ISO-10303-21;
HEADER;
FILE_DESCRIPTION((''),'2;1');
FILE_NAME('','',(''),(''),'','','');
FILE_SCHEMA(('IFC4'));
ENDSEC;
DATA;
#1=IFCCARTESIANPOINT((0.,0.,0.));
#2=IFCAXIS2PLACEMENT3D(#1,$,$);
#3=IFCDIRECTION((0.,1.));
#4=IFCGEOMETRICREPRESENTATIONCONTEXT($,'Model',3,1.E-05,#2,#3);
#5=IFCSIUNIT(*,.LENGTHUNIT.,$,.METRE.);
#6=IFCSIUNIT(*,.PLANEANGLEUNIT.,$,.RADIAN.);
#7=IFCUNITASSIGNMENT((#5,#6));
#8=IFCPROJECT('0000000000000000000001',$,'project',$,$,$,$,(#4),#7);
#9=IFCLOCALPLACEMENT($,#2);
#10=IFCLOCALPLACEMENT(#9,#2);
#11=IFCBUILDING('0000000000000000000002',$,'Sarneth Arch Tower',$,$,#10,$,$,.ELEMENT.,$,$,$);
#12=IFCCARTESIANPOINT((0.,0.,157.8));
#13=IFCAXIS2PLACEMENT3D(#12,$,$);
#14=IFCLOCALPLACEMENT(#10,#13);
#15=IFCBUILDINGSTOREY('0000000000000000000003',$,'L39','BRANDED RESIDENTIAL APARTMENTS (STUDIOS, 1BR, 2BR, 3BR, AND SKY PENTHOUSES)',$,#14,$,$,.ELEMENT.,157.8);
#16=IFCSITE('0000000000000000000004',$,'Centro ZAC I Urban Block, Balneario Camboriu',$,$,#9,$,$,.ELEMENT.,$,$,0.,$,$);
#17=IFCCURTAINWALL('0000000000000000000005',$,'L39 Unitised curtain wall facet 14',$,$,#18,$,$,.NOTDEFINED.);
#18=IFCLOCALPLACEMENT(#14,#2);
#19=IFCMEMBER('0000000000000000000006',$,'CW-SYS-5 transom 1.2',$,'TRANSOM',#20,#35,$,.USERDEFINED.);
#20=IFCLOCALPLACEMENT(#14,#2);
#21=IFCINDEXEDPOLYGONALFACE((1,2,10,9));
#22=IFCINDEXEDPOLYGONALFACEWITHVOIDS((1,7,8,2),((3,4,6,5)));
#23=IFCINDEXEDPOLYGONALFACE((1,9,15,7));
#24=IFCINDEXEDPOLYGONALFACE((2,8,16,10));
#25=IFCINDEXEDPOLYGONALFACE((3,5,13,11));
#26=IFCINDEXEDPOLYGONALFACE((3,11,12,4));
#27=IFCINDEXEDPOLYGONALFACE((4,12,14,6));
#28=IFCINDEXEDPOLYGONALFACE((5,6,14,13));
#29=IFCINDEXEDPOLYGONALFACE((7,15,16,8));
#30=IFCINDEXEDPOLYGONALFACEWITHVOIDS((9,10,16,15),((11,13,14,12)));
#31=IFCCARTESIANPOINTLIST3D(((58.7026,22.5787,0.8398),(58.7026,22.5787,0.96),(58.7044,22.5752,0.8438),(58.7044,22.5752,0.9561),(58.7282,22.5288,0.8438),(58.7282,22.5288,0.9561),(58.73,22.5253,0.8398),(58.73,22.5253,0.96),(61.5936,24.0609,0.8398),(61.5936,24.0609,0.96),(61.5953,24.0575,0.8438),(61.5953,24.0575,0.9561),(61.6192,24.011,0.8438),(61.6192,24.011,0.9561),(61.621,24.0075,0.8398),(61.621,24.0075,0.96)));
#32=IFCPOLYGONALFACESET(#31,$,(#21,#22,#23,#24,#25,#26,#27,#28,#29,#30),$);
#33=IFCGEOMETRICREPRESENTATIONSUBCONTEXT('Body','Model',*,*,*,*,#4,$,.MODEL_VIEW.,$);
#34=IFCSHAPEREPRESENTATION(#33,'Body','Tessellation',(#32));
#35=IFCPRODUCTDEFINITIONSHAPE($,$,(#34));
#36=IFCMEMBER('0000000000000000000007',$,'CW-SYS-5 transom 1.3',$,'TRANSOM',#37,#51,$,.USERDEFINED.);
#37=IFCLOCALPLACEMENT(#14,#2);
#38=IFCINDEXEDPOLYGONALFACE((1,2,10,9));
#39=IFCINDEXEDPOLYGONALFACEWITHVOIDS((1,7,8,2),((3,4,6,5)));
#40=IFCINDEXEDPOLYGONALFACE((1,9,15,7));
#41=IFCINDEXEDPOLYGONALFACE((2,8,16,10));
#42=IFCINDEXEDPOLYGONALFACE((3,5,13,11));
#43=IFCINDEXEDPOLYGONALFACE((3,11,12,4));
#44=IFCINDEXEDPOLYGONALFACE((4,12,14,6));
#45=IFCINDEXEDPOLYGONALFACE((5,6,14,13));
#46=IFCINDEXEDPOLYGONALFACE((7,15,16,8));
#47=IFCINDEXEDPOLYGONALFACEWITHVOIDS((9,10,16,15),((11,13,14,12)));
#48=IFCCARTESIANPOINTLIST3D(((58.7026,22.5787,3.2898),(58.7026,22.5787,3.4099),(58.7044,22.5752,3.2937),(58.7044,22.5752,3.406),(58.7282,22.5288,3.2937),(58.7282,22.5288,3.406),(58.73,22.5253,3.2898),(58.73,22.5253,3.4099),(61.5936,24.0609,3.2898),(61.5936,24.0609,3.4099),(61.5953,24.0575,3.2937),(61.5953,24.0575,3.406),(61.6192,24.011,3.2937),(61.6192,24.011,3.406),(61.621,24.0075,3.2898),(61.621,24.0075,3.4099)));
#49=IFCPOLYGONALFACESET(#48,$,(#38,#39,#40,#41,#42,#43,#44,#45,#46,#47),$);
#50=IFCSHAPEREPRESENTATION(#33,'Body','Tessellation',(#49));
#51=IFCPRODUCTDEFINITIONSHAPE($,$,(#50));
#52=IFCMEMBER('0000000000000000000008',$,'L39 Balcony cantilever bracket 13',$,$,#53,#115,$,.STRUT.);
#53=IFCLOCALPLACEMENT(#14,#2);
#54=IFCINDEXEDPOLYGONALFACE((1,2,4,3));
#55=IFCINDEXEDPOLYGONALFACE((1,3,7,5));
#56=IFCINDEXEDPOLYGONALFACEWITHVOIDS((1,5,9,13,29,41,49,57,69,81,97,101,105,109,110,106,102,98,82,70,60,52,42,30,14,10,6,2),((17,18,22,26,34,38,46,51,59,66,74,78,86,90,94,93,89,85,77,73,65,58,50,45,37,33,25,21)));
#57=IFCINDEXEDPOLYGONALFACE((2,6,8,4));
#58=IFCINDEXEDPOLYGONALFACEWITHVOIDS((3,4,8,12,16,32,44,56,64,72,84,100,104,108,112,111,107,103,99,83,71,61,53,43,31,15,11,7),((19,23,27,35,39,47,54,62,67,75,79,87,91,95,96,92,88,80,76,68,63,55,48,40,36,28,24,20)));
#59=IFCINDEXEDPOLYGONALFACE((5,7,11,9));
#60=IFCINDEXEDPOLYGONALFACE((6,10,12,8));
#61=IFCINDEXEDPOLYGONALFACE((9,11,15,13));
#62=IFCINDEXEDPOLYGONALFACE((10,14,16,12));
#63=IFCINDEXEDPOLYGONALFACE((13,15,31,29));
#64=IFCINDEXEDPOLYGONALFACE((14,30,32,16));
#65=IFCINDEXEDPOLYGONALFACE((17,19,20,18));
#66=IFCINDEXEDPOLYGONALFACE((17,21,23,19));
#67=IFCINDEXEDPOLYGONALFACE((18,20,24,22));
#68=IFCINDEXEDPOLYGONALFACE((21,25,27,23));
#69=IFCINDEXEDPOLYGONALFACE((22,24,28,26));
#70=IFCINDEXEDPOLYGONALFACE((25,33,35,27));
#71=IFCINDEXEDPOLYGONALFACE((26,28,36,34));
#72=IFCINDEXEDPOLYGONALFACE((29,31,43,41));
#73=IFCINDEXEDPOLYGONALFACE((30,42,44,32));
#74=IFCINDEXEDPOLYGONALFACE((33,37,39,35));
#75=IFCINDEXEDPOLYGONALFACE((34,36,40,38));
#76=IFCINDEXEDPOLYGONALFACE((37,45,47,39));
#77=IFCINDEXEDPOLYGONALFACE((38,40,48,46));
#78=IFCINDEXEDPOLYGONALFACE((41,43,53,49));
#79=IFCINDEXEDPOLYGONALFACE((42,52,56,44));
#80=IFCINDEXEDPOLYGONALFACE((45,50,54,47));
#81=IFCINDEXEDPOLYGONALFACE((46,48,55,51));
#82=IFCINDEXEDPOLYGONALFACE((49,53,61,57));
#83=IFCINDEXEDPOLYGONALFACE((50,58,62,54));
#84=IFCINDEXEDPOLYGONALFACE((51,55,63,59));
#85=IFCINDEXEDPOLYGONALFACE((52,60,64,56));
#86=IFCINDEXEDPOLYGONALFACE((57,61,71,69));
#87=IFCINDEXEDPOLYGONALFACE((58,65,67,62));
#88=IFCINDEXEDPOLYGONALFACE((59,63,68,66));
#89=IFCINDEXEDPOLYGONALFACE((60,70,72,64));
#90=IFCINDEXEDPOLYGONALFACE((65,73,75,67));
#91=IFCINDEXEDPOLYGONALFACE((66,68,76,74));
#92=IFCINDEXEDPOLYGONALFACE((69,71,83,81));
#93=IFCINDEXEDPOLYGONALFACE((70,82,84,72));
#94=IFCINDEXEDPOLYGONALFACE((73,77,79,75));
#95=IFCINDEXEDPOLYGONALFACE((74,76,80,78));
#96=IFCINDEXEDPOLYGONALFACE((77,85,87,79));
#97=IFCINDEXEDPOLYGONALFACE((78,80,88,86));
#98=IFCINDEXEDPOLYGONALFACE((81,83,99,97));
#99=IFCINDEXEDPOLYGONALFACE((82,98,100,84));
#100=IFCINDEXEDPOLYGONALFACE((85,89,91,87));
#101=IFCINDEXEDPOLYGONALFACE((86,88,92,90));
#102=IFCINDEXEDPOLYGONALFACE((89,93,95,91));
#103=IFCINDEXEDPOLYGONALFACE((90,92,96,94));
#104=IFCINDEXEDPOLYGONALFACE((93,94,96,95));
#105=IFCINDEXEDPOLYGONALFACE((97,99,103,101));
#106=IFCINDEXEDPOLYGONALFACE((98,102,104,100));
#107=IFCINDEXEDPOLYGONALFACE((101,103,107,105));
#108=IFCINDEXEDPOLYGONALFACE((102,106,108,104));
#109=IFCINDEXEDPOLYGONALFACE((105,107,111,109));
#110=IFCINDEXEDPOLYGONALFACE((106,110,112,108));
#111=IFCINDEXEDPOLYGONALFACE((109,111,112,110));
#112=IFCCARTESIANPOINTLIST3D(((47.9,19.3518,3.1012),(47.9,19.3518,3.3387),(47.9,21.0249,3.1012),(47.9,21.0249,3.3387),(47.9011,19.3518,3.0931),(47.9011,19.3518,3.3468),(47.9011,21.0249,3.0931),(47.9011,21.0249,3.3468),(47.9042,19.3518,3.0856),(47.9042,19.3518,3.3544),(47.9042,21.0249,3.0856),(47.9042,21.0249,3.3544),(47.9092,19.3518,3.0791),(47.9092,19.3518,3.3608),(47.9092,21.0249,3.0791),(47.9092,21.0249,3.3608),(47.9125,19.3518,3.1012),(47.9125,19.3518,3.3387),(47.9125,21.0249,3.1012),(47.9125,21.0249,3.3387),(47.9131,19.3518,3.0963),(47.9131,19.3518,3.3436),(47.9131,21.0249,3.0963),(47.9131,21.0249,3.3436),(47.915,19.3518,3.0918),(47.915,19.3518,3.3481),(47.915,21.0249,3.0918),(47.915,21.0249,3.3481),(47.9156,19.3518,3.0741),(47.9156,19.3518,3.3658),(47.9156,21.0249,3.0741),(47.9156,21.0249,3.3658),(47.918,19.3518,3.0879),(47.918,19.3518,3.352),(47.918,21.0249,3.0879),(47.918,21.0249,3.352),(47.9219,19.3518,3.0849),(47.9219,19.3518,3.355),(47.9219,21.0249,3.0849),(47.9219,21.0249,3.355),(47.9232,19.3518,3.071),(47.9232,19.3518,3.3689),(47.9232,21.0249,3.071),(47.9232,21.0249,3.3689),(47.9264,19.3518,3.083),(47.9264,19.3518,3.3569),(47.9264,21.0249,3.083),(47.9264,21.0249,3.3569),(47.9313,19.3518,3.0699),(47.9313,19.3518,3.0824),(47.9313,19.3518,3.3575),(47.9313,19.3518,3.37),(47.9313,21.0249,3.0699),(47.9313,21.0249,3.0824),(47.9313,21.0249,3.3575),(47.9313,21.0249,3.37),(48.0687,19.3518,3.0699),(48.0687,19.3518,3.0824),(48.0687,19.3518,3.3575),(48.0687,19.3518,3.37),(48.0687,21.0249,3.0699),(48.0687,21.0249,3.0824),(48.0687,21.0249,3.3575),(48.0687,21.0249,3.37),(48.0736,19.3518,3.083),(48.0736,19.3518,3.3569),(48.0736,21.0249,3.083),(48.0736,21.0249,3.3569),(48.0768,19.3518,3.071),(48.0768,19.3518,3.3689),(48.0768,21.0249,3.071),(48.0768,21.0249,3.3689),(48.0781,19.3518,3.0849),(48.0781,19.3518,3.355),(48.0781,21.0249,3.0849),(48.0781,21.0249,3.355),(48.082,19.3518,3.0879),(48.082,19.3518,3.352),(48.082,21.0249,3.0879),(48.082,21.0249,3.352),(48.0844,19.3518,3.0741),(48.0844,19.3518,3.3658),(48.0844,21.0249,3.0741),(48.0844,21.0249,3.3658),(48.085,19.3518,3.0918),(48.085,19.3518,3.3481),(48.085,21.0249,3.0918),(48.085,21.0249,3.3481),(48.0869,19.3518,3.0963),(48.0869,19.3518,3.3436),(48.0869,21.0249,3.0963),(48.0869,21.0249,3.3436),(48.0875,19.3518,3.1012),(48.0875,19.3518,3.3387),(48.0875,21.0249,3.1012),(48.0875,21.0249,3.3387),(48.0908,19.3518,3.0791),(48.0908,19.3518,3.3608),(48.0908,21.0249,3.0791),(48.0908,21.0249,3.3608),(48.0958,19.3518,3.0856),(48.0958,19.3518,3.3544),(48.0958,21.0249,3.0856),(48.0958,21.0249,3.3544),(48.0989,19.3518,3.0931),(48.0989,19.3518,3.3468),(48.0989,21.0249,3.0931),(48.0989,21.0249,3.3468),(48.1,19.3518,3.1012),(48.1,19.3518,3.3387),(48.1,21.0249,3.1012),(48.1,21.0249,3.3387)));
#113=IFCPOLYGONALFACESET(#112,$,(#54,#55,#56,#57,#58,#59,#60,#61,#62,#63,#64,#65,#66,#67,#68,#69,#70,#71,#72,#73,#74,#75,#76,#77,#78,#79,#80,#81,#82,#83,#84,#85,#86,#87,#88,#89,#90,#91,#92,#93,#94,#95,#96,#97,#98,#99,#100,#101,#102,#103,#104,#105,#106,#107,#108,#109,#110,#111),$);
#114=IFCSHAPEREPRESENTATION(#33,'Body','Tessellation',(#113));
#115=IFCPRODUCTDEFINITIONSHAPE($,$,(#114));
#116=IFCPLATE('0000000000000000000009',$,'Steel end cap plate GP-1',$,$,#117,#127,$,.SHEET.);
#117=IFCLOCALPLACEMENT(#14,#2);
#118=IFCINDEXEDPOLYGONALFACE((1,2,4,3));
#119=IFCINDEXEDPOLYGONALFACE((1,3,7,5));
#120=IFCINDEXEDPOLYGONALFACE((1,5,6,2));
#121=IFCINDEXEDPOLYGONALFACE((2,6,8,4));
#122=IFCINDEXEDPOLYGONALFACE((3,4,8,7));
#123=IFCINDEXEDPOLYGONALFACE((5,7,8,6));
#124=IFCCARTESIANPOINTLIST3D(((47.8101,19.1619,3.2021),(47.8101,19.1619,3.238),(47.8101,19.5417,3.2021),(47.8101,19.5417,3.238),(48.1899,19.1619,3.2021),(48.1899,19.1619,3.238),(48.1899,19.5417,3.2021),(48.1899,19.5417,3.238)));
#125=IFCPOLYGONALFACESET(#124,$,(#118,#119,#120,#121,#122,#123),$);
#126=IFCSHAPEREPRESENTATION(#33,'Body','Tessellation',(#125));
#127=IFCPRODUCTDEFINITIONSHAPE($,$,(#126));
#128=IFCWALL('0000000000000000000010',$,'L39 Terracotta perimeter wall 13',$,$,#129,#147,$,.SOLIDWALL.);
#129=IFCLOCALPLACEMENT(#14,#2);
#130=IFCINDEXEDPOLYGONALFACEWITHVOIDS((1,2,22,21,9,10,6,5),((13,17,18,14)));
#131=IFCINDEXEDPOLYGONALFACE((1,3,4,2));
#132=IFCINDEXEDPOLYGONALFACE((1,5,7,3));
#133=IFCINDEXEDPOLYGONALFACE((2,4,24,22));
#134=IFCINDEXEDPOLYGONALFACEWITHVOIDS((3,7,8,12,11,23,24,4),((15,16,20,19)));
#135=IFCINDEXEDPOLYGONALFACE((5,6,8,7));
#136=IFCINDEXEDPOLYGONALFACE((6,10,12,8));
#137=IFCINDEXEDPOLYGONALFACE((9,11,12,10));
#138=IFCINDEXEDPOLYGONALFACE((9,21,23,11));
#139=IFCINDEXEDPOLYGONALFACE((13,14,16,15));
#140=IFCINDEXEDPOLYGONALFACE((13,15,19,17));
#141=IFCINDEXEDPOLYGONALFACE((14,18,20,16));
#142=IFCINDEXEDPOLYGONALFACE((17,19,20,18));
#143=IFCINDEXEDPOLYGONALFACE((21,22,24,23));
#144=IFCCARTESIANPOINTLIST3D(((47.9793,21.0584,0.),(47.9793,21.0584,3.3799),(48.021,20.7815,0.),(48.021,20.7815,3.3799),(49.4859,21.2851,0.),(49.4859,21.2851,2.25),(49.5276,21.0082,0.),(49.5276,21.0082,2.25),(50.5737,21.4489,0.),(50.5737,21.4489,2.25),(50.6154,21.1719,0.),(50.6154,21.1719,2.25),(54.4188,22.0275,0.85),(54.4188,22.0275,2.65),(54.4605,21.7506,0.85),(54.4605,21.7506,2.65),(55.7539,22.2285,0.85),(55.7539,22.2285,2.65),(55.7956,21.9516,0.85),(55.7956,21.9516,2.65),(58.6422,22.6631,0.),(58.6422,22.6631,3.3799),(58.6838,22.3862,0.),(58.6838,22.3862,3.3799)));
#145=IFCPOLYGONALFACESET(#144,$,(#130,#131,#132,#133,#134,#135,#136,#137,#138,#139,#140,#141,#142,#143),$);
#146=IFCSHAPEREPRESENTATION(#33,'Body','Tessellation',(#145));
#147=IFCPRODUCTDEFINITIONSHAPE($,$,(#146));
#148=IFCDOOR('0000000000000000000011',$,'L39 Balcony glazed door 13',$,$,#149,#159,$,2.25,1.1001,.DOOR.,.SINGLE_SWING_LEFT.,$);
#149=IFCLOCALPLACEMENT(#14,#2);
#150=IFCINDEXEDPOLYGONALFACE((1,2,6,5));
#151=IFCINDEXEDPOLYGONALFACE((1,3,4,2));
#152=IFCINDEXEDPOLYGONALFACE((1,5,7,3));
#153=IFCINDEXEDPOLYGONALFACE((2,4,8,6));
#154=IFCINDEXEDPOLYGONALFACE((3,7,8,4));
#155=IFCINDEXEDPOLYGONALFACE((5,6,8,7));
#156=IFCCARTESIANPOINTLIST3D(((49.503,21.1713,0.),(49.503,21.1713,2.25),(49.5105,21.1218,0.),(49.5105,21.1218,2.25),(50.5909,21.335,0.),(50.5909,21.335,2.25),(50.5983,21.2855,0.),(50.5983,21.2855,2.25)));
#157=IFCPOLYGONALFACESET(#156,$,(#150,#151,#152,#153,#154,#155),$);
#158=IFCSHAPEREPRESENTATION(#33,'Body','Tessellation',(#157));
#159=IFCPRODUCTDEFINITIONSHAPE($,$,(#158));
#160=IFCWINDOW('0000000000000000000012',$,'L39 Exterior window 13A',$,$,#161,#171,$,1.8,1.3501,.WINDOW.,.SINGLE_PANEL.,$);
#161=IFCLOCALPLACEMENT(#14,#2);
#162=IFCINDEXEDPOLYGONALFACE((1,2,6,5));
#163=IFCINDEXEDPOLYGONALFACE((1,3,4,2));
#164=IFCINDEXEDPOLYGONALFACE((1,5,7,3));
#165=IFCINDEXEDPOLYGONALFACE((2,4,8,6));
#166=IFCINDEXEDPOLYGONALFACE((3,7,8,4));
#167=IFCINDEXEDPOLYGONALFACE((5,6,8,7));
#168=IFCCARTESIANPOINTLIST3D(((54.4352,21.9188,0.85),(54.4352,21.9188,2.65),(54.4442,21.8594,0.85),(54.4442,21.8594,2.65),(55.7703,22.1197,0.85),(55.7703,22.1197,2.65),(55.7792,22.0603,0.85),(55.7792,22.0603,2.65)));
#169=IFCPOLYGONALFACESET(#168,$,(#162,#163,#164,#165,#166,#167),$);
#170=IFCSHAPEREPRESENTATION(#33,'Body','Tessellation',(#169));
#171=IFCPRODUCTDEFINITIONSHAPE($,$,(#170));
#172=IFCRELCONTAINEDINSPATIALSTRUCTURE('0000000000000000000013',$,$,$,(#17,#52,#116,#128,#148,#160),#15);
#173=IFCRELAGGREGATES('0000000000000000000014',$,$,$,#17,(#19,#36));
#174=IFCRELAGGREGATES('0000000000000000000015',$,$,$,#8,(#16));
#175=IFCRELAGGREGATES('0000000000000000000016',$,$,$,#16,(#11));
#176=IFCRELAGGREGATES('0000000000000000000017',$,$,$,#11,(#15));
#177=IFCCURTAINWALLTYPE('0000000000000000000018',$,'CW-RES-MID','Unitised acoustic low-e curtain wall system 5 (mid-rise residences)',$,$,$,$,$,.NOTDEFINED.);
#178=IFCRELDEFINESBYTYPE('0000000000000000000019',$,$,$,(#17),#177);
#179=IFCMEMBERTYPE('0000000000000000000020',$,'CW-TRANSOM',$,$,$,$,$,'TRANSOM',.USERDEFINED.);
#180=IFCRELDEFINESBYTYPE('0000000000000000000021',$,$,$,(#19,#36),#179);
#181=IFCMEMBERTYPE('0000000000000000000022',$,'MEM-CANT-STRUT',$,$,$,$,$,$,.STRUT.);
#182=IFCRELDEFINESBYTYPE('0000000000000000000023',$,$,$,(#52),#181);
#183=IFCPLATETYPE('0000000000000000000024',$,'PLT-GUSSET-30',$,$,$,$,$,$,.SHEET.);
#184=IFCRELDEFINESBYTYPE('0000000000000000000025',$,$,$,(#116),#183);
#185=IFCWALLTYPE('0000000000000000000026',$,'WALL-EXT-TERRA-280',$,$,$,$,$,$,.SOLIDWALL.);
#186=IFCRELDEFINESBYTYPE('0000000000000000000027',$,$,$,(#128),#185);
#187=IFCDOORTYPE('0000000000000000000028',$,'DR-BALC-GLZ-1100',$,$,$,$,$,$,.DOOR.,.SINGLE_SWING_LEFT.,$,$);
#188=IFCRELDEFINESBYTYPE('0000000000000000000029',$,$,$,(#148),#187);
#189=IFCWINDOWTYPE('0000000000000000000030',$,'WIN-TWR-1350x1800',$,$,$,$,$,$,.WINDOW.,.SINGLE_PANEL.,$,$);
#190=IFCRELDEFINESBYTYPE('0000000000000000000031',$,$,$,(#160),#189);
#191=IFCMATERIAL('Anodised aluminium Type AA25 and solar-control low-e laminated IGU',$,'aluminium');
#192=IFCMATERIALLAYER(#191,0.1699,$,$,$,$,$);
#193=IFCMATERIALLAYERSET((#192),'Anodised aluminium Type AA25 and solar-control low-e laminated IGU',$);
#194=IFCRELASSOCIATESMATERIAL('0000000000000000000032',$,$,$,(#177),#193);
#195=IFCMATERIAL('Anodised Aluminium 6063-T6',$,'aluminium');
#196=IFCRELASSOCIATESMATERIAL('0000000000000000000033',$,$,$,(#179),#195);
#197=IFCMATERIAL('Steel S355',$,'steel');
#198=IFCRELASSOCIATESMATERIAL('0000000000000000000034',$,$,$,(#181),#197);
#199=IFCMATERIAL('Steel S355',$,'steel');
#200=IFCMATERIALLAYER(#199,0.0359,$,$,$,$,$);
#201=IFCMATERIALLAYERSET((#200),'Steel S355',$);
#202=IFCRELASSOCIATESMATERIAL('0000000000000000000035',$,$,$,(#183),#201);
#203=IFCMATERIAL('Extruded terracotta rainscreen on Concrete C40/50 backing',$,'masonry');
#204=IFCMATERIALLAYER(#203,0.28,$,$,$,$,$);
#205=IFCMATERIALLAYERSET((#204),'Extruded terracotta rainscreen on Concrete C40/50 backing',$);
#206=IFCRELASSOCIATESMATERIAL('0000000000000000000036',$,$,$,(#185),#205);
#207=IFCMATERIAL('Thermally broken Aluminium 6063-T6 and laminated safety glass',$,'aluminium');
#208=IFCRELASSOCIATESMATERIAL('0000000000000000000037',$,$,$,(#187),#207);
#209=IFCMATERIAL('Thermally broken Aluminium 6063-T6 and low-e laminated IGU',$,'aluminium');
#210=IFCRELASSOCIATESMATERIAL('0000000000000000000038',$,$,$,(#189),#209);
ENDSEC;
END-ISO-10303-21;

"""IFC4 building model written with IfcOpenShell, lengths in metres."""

from ifc_helpers import new_model, si_unit, direction, frame, frame_2d, origin, origin_2d, place, context, subcontext, project, spatial, rectangle, hollow_rectangle, extrude, material, layer, layer_set, material_profile, profile_set, type_object, element, fill, aggregate, save


model = new_model("IFC4")

# Units and contexts
model_context = context("Model", 3, precision=1e-05, world=origin(), true_north=direction((0.0, 1.0)))
body_context = subcontext(model_context, "Body", "Model", "MODEL_VIEW")
ifc_project = project(units=[si_unit("LENGTHUNIT", "METRE"), si_unit("PLANEANGLEUNIT", "RADIAN")], contexts=[model_context])

# Site, building, storey
site_placement = place(None, origin())
site = spatial("IfcSite", under=ifc_project, at=site_placement, Name="Centro ZAC I Urban Block, Balneario Camboriu", CompositionType="ELEMENT", RefElevation=0.0)
building_placement = place(site_placement, origin())
building = spatial("IfcBuilding", under=site, at=building_placement, Name="Sarneth Arch Tower", CompositionType="ELEMENT")
storey_placement = place(building_placement, frame((0.0, 0.0, 157.8)))
storey = spatial("IfcBuildingStorey", under=building, at=storey_placement, Name="L39", Description="BRANDED RESIDENTIAL APARTMENTS (STUDIOS, 1BR, 2BR, 3BR, AND SKY PENTHOUSES)", CompositionType="ELEMENT", Elevation=157.8)

# Curtain wall, members
ifc_material_1 = material(Name="Anodised aluminium Type AA25 and solar-control low-e laminated IGU", Category="aluminium")
ifc_layer_1 = layer(ifc_material_1, 0.1699)
ifc_layer_set_1 = layer_set([ifc_layer_1], Name="Anodised aluminium Type AA25 and solar-control low-e laminated IGU")
curtain_wall_type = type_object("IfcCurtainWallType", Name="CW-RES-MID", Description="Unitised acoustic low-e curtain wall system 5 (mid-rise residences)", PredefinedType="NOTDEFINED", material=ifc_layer_set_1)
curtain_wall_placement = place(storey_placement, origin())
curtain_wall = element("IfcCurtainWall", 1, at=curtain_wall_placement, inside=storey, type_object=curtain_wall_type, Name="L39 Unitised curtain wall facet 14", PredefinedType="NOTDEFINED")
ifc_material_2 = material(Name="Anodised Aluminium 6063-T6", Category="aluminium")
ifc_material_profile_1 = material_profile(ifc_material_2, hollow_rectangle(XDim=0.0601, YDim=0.1201, WallThickness=0.0039, at=origin_2d()), Name="AL-TRAN-120x60x4")
ifc_profile_set_1 = profile_set([ifc_material_profile_1], Name="Anodised Aluminium 6063-T6")
member_type_1 = type_object("IfcMemberType", Name="CW-TRANSOM", ElementType="TRANSOM", PredefinedType="USERDEFINED", material=ifc_profile_set_1)
member_1_placement = place(storey_placement, frame((58.7163, 22.552, 0.8999), z_axis=(0.889857, 0.456239, 0.0), x_axis=(-0.456239, 0.889857, 0.0)))
member_1 = element("IfcMember", 2, at=member_1_placement, type_object=member_type_1, Name="CW-SYS-5 transom 1.2", ObjectType="TRANSOM", PredefinedType="USERDEFINED", context=body_context, shape_type="SweptSolid", body=[
    extrude(hollow_rectangle(XDim=0.0601, YDim=0.1201, WallThickness=0.0039, at=origin_2d()), origin(), (0.0, 0.0, 1.0), 3.2488),
])
member_2_placement = place(storey_placement, frame((58.7163, 22.552, 3.3499), z_axis=(0.889857, 0.456239, 0.0), x_axis=(-0.456239, 0.889857, 0.0)))
member_2 = element("IfcMember", 3, at=member_2_placement, type_object=member_type_1, Name="CW-SYS-5 transom 1.3", ObjectType="TRANSOM", PredefinedType="USERDEFINED", context=body_context, shape_type="SweptSolid", body=[
    extrude(hollow_rectangle(XDim=0.0601, YDim=0.1201, WallThickness=0.0039, at=origin_2d()), origin(), (0.0, 0.0, 1.0), 3.2488),
])
aggregate(curtain_wall, [member_1, member_2])

# Member
ifc_material_3 = material(Name="Steel S355", Category="steel")
ifc_material_profile_2 = material_profile(ifc_material_3, hollow_rectangle(XDim=0.2, YDim=0.3, WallThickness=0.0125, InnerFilletRadius=0.0188, OuterFilletRadius=0.0312, at=origin_2d()), Name="RHS300x200x12.5")
ifc_profile_set_2 = profile_set([ifc_material_profile_2], Name="Steel S355")
member_type_2 = type_object("IfcMemberType", Name="MEM-CANT-STRUT", PredefinedType="STRUT", material=ifc_profile_set_2)
member_3_placement = place(storey_placement, frame((48.0, 21.0249, 3.22), z_axis=(0.0, -1.0, 0.0), x_axis=(1.0, 0.0, 0.0)))
element("IfcMember", 4, at=member_3_placement, inside=storey, type_object=member_type_2, Name="L39 Balcony cantilever bracket 13", PredefinedType="STRUT", context=body_context, shape_type="SweptSolid", body=[
    extrude(hollow_rectangle(XDim=0.2, YDim=0.3, WallThickness=0.0125, InnerFilletRadius=0.0188, OuterFilletRadius=0.0312, at=origin_2d()), origin(), (0.0, 0.0, 1.0), 1.6731),
])

# Plate
ifc_material_4 = material(Name="Steel S355", Category="steel")
ifc_layer_2 = layer(ifc_material_4, 0.0359)
ifc_layer_set_2 = layer_set([ifc_layer_2], Name="Steel S355")
plate_type = type_object("IfcPlateType", Name="PLT-GUSSET-30", PredefinedType="SHEET", material=ifc_layer_set_2)
plate_placement = place(storey_placement, frame((48.0, 19.3518, 3.2021), z_axis=(0.0, 0.0, 1.0), x_axis=(0.0, -1.0, 0.0)))
element("IfcPlate", 5, at=plate_placement, inside=storey, type_object=plate_type, Name="Steel end cap plate GP-1", PredefinedType="SHEET", context=body_context, shape_type="SweptSolid", body=[
    extrude(rectangle(XDim=0.3799, YDim=0.3799, at=origin_2d()), origin(), (0.0, 0.0, 1.0), 0.0359),
])

# Wall, openings, door, window
ifc_material_5 = material(Name="Extruded terracotta rainscreen on Concrete C40/50 backing", Category="masonry")
ifc_layer_3 = layer(ifc_material_5, 0.28)
ifc_layer_set_3 = layer_set([ifc_layer_3], Name="Extruded terracotta rainscreen on Concrete C40/50 backing")
wall_type_1 = type_object("IfcWallType", Name="WALL-EXT-TERRA-280", PredefinedType="SOLIDWALL", material=ifc_layer_set_3)
wall_1_placement = place(storey_placement, frame((48.0, 20.9199, 0.0), z_axis=(0.0, 0.0, 1.0), x_axis=(0.988864, 0.148822, 0.0)))
wall_1 = element("IfcWall", 6, at=wall_1_placement, inside=storey, type_object=wall_type_1, Name="L39 Terracotta perimeter wall 13", PredefinedType="SOLIDWALL", context=body_context, shape_type="SweptSolid", body=[
    extrude(rectangle(XDim=10.783, YDim=0.28, at=frame_2d((5.3916, 0.0))), origin(), (0.0, 0.0, 1.0), 3.3799),
])
opening_1_placement = place(wall_1_placement, frame((1.5237, 0.0, 0.0)))
opening_1 = element("IfcOpeningElement", 7, at=opening_1_placement, cuts=wall_1, PredefinedType="OPENING", context=body_context, shape_type="SweptSolid", body=[
    extrude(rectangle(XDim=1.1001, YDim=2.25, at=frame_2d((0.55, 1.125))), frame((0.0, 0.1499, 0.0), z_axis=(0.0, -1.0, 0.0), x_axis=(1.0, 0.0, 0.0)), (0.0, 0.0, 1.0), 0.3),
])
opening_2_placement = place(wall_1_placement, frame((6.5122, 0.0, 0.8501)))
opening_2 = element("IfcOpeningElement", 8, at=opening_2_placement, cuts=wall_1, PredefinedType="OPENING", context=body_context, shape_type="SweptSolid", body=[
    extrude(rectangle(XDim=1.3501, YDim=1.8, at=frame_2d((0.675, 0.8999))), frame((0.0, 0.1499, 0.0), z_axis=(0.0, -1.0, 0.0), x_axis=(1.0, 0.0, 0.0)), (0.0, 0.0, 1.0), 0.3),
])
ifc_material_6 = material(Name="Thermally broken Aluminium 6063-T6 and laminated safety glass", Category="aluminium")
door_type_1 = type_object("IfcDoorType", Name="DR-BALC-GLZ-1100", OperationType="SINGLE_SWING_LEFT", PredefinedType="DOOR", material=ifc_material_6)
door_1_placement = place(opening_1_placement, origin())
door_1 = element("IfcDoor", 9, at=door_1_placement, inside=storey, type_object=door_type_1, Name="L39 Balcony glazed door 13", OperationType="SINGLE_SWING_LEFT", OverallHeight=2.25, OverallWidth=1.1001, PredefinedType="DOOR", context=body_context, shape_type="SweptSolid", body=[
    extrude(rectangle(XDim=1.1001, YDim=2.25, at=frame_2d((0.55, 1.125))), frame((0.0, 0.0249, 0.0), z_axis=(0.0, -1.0, 0.0), x_axis=(1.0, 0.0, 0.0)), (0.0, 0.0, 1.0), 0.05),
])
fill(opening_1, door_1)
ifc_material_7 = material(Name="Thermally broken Aluminium 6063-T6 and low-e laminated IGU", Category="aluminium")
window_type = type_object("IfcWindowType", Name="WIN-TWR-1350x1800", PartitioningType="SINGLE_PANEL", PredefinedType="WINDOW", material=ifc_material_7)
window_placement = place(opening_2_placement, origin())
window = element("IfcWindow", 10, at=window_placement, inside=storey, type_object=window_type, Name="L39 Exterior window 13A", OverallHeight=1.8, OverallWidth=1.3501, PartitioningType="SINGLE_PANEL", PredefinedType="WINDOW", context=body_context, shape_type="SweptSolid", body=[
    extrude(rectangle(XDim=1.3501, YDim=1.8, at=frame_2d((0.675, 0.8999))), frame((0.0, 0.03, 0.0), z_axis=(0.0, -1.0, 0.0), x_axis=(1.0, 0.0, 0.0)), (0.0, 0.0, 1.0), 0.0601),
])
fill(opening_2, window)

save(model, "model.ifc")
